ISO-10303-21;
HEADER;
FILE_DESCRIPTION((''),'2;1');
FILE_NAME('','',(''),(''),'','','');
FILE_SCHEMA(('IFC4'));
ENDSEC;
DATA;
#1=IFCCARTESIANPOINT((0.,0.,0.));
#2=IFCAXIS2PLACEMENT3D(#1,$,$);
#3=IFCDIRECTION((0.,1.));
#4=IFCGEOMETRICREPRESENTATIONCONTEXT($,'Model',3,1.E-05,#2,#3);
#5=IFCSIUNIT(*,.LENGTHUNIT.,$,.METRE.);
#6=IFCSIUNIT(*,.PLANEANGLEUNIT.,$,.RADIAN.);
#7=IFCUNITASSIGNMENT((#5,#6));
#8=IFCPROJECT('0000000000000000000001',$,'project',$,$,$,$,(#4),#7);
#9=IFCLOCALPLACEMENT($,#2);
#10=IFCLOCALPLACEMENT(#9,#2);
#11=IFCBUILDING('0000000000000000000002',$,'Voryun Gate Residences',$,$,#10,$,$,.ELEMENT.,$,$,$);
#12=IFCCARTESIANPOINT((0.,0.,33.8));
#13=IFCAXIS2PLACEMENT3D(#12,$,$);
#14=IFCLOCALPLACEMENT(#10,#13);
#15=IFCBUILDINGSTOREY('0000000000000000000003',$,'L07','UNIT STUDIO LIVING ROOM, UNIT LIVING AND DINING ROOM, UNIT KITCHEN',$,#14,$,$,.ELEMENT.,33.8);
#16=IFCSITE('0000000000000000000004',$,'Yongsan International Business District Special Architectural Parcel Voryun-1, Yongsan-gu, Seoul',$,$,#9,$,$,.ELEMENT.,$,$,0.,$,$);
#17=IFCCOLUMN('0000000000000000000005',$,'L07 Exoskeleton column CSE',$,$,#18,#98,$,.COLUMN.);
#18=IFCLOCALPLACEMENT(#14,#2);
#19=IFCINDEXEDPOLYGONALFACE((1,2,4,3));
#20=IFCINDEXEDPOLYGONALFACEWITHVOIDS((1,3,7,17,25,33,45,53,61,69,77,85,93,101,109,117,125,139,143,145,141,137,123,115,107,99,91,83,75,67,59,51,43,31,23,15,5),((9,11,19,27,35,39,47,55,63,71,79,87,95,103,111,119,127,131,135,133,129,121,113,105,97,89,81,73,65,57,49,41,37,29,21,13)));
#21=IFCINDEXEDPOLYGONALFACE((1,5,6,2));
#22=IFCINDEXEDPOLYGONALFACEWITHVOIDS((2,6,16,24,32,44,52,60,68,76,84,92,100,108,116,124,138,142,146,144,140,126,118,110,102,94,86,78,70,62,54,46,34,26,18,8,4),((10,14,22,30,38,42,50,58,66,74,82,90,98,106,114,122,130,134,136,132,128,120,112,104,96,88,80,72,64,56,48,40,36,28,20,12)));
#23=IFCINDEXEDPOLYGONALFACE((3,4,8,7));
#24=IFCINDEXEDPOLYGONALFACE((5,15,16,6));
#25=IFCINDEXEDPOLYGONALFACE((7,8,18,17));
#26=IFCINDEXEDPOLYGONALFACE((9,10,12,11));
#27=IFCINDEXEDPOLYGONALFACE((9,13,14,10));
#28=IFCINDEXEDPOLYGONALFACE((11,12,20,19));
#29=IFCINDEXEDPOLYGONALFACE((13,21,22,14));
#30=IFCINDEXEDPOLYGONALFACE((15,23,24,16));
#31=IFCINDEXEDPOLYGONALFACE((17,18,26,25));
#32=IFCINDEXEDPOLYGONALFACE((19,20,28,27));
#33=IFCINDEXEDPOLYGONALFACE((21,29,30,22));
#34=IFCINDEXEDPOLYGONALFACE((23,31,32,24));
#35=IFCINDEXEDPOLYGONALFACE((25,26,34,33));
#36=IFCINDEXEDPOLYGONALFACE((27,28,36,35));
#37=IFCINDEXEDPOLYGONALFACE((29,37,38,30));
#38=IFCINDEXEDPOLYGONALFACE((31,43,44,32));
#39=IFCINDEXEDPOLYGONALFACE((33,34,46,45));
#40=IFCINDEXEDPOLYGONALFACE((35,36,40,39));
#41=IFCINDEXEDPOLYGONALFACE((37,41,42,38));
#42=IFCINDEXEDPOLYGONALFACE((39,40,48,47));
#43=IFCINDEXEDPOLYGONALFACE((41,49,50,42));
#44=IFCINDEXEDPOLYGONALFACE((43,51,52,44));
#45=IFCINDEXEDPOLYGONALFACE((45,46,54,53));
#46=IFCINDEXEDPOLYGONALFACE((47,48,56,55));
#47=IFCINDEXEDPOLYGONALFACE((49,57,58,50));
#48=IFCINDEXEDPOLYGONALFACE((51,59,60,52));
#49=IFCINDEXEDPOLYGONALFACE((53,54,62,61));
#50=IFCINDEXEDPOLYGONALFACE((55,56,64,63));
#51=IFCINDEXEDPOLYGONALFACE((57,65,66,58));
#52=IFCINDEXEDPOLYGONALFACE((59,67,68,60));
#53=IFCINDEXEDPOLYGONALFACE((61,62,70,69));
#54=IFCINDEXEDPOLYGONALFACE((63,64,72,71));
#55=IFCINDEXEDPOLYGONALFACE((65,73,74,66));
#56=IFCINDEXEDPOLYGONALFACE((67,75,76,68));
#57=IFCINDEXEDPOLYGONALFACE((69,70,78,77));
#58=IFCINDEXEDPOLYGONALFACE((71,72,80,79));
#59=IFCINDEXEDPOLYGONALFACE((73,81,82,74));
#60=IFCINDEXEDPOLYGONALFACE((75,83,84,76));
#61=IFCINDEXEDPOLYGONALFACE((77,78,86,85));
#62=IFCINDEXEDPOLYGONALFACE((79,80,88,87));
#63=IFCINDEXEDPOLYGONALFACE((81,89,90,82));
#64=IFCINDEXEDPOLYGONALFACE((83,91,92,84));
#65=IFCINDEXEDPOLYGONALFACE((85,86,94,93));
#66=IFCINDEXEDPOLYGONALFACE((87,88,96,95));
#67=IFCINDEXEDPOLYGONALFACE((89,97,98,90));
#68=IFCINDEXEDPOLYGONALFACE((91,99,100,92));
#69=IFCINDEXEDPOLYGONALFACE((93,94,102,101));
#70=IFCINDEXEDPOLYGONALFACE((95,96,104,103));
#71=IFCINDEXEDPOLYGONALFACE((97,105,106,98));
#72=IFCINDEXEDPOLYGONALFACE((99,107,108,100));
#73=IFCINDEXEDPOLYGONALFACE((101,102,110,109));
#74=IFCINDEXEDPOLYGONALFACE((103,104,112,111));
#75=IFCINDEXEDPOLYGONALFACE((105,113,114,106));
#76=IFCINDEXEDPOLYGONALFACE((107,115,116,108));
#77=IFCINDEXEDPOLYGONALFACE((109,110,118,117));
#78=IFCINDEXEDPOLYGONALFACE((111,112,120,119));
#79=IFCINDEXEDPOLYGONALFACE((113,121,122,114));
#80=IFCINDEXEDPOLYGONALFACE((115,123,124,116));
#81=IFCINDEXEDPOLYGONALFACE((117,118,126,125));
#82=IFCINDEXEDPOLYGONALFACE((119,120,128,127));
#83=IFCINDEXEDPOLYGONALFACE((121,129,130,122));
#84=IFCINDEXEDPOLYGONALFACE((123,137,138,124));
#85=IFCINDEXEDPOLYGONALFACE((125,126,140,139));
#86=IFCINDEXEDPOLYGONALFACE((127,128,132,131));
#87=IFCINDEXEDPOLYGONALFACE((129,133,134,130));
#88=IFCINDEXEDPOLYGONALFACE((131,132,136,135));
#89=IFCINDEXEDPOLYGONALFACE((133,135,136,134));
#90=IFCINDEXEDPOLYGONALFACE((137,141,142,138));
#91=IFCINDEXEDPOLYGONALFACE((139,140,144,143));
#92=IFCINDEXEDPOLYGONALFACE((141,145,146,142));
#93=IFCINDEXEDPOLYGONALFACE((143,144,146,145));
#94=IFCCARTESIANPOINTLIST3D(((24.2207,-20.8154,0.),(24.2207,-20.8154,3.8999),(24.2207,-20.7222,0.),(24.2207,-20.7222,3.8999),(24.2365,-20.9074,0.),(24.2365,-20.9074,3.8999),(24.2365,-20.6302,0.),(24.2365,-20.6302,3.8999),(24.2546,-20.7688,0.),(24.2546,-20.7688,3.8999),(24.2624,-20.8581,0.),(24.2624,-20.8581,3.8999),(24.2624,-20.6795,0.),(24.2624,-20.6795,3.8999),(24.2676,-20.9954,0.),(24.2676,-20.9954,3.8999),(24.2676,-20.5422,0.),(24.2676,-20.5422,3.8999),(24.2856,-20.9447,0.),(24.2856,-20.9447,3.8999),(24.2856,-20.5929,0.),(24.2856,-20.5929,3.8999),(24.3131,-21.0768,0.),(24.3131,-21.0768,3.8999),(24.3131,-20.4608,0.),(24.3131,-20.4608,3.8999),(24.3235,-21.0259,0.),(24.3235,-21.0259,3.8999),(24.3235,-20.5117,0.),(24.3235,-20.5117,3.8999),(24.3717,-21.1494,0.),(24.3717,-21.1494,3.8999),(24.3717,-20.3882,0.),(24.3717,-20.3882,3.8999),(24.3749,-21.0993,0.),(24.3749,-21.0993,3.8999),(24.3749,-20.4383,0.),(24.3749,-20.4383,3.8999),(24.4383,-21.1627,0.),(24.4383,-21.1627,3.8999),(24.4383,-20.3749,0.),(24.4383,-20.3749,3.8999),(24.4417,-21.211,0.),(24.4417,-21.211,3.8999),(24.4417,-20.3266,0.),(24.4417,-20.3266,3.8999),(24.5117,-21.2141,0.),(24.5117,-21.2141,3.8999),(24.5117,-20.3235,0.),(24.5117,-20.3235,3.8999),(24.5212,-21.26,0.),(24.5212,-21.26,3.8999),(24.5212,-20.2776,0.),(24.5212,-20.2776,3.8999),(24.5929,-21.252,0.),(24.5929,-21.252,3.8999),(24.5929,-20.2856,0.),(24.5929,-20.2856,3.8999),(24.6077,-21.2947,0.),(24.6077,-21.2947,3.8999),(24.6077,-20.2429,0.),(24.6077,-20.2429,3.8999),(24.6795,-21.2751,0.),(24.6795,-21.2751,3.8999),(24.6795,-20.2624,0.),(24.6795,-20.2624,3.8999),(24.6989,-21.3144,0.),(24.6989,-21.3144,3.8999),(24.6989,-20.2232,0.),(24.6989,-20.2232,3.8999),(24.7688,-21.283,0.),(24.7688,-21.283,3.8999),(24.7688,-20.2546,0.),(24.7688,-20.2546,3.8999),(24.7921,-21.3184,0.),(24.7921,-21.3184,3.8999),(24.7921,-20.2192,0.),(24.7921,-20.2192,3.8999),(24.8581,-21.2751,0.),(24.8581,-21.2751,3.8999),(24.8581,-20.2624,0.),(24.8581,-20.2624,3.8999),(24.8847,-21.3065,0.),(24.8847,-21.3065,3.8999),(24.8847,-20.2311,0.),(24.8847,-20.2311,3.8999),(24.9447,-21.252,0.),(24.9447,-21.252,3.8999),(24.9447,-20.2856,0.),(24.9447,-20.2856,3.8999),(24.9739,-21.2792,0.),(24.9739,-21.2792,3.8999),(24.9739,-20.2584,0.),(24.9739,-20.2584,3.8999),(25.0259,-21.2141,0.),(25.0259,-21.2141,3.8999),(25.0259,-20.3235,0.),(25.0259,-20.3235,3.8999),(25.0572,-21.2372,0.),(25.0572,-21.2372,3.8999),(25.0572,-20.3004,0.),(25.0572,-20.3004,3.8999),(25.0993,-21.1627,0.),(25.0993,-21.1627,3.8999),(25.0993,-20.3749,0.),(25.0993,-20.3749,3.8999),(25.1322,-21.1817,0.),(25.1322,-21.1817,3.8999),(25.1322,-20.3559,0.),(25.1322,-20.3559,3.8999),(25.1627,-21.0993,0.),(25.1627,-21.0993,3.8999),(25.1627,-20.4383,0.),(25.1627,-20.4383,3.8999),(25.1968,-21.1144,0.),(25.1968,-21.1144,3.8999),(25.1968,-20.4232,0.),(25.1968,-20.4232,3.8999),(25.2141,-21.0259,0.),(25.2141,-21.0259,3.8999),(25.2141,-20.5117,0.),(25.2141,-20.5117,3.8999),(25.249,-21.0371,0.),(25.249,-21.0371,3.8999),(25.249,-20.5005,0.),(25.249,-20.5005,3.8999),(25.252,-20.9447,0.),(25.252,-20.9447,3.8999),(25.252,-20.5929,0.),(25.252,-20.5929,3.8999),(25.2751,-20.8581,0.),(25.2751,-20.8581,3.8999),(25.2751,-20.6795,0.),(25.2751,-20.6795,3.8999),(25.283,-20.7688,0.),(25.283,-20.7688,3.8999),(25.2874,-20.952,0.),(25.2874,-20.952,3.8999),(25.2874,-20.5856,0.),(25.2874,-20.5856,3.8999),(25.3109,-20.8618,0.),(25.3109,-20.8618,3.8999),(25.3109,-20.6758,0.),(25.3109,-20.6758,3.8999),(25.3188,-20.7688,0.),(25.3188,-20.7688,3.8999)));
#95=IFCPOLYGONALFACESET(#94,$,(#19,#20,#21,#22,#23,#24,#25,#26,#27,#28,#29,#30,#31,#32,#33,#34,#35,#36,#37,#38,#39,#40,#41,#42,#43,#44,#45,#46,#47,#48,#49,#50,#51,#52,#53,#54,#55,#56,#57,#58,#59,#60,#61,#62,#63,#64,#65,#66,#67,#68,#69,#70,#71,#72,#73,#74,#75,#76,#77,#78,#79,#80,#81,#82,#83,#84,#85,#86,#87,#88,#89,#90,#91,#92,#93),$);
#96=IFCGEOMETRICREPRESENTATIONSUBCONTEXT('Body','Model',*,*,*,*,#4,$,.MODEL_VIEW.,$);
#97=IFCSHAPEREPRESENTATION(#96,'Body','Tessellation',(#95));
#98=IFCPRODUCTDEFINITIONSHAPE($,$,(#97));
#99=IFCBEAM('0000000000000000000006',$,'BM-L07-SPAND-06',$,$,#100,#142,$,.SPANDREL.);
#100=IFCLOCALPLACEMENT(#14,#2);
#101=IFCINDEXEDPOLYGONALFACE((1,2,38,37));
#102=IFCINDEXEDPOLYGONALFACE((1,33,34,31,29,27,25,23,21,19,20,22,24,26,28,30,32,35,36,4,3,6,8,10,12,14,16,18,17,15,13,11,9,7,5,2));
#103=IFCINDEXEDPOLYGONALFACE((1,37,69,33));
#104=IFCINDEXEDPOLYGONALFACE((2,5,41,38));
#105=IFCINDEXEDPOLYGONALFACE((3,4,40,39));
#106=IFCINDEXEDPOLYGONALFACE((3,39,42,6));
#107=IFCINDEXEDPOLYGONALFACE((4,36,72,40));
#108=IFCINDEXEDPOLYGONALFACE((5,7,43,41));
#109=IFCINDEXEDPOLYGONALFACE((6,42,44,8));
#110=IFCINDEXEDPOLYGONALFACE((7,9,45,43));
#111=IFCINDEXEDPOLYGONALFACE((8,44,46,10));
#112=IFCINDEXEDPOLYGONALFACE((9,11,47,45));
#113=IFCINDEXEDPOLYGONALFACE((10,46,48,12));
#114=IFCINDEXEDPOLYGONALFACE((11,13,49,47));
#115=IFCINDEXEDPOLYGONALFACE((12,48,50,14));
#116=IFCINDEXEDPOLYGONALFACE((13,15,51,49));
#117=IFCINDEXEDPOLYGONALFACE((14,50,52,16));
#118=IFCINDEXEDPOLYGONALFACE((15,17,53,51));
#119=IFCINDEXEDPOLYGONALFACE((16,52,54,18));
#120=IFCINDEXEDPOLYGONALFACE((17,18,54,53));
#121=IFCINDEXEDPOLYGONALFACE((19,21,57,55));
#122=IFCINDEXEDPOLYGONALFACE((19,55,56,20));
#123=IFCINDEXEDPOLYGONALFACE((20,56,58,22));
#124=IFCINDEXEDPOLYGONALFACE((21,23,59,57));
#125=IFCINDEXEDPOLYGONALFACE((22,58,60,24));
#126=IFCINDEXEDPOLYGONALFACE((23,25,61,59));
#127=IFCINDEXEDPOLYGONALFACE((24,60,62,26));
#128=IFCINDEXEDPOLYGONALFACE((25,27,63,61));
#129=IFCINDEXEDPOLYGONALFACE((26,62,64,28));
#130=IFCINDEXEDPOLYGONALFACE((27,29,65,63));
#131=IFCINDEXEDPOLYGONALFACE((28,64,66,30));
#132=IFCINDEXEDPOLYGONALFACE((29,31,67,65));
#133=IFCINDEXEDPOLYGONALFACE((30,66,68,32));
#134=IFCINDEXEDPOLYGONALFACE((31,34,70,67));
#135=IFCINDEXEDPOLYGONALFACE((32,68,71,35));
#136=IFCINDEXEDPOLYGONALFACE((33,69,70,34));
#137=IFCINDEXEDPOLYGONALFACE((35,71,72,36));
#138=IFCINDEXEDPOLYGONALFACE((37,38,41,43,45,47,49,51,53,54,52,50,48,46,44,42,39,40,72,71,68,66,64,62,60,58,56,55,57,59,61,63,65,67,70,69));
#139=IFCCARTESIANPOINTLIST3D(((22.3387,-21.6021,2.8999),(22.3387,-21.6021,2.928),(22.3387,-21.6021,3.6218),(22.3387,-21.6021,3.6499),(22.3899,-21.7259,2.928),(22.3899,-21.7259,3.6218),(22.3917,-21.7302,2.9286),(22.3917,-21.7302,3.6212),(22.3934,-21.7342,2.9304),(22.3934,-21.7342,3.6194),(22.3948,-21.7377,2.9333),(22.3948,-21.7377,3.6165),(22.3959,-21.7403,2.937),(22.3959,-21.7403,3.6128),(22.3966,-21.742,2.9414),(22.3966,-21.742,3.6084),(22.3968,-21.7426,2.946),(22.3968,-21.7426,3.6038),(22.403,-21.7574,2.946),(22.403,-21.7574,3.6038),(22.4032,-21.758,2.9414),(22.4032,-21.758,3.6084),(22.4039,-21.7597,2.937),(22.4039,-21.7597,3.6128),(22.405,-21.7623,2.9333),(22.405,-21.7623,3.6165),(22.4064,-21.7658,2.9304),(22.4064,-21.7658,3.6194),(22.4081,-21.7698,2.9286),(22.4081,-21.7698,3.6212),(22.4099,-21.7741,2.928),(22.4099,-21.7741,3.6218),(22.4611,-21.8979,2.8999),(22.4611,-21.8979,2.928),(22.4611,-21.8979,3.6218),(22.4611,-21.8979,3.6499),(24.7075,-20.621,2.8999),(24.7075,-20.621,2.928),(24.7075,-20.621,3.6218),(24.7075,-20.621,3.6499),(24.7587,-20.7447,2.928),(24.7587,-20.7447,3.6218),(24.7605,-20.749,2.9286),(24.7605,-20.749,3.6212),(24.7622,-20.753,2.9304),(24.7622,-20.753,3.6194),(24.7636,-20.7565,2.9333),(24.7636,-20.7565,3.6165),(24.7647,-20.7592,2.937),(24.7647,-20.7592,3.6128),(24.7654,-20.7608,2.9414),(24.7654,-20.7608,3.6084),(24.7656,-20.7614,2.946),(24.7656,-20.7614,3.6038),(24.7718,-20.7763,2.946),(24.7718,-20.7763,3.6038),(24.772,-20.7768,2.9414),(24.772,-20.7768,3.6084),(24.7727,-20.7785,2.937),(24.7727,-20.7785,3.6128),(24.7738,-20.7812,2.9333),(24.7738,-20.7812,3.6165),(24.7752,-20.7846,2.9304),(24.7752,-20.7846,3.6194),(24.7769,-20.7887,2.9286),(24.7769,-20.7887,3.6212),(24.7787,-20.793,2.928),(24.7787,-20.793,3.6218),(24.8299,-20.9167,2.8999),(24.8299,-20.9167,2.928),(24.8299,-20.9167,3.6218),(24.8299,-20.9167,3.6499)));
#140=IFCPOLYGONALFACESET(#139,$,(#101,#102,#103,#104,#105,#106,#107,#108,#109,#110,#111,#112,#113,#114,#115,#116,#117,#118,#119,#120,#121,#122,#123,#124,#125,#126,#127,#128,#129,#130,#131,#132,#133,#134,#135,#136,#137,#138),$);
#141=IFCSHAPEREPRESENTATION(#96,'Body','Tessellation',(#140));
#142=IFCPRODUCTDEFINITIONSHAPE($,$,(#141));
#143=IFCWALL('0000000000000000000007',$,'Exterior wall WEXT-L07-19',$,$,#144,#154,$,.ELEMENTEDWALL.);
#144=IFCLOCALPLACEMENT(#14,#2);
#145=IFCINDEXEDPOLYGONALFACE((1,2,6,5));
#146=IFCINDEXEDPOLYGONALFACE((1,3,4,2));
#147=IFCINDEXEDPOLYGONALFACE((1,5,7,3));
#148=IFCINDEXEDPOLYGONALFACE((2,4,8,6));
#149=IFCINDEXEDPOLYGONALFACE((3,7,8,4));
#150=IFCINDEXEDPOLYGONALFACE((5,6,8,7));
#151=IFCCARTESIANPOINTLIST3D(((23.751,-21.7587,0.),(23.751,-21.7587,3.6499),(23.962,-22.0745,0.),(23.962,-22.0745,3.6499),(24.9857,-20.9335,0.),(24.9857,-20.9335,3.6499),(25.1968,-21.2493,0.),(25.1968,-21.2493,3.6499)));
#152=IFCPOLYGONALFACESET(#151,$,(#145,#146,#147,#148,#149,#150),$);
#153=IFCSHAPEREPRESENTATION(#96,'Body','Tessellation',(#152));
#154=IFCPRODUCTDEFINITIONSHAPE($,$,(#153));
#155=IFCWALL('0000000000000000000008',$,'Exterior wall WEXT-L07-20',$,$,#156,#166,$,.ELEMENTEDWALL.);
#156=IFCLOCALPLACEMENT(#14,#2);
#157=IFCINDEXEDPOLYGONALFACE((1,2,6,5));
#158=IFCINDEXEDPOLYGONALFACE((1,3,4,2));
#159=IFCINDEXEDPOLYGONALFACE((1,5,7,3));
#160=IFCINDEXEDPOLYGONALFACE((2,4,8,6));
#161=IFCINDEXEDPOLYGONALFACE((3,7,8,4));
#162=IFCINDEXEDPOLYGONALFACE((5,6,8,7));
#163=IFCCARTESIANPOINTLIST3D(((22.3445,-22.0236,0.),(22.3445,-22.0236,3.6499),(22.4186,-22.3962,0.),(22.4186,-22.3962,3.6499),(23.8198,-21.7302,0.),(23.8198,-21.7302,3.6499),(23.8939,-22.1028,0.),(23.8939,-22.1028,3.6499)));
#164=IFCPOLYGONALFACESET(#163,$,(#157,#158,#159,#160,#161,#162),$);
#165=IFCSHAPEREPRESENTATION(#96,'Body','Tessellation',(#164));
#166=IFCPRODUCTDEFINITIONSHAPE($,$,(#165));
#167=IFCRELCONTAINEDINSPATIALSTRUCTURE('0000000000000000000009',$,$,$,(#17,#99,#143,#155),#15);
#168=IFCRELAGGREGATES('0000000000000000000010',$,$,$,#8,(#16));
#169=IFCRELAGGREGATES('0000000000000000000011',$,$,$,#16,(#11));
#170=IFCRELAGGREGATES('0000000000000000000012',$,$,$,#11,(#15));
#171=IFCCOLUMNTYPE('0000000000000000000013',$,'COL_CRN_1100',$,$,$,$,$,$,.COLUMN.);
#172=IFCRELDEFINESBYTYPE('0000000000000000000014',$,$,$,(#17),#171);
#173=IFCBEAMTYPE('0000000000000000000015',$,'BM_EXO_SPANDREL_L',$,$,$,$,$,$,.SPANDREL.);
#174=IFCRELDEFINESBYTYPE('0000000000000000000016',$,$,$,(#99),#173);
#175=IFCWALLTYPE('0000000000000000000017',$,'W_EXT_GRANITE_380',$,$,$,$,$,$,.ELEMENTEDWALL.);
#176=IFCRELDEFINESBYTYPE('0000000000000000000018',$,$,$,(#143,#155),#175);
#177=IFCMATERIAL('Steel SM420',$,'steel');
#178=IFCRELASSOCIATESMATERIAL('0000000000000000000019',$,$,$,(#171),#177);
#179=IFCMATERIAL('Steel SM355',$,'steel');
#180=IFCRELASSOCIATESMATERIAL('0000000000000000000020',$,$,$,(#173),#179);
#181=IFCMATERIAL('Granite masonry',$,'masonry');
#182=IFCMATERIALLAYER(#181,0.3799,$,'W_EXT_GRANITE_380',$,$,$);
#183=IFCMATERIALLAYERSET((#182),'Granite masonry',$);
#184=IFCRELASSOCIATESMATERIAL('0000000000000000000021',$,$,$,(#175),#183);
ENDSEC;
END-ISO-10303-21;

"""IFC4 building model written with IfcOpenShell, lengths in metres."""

from ifc_helpers import new_model, si_unit, direction, frame, frame_2d, origin, origin_2d, place, context, subcontext, project, spatial, rectangle, hollow_circle, i_section, extrude, material, layer, layer_set, material_profile, profile_set, type_object, element, save


model = new_model("IFC4")

# Units and contexts
model_context = context("Model", 3, precision=1e-05, world=origin(), true_north=direction((0.0, 1.0)))
body_context = subcontext(model_context, "Body", "Model", "MODEL_VIEW")
ifc_project = project(units=[si_unit("LENGTHUNIT", "METRE"), si_unit("PLANEANGLEUNIT", "RADIAN")], contexts=[model_context])

# Site, building, storey
site_placement = place(None, origin())
site = spatial("IfcSite", under=ifc_project, at=site_placement, Name="Yongsan International Business District Special Architectural Parcel Voryun-1, Yongsan-gu, Seoul", CompositionType="ELEMENT", RefElevation=0.0)
building_placement = place(site_placement, origin())
building = spatial("IfcBuilding", under=site, at=building_placement, Name="Voryun Gate Residences", CompositionType="ELEMENT")
storey_placement = place(building_placement, frame((0.0, 0.0, 33.8)))
storey = spatial("IfcBuildingStorey", under=building, at=storey_placement, Name="L07", Description="UNIT STUDIO LIVING ROOM, UNIT LIVING AND DINING ROOM, UNIT KITCHEN", CompositionType="ELEMENT", Elevation=33.8)

# Column
ifc_material_1 = material(Name="Steel SM420", Category="steel")
ifc_material_profile_1 = material_profile(ifc_material_1, hollow_circle(Radius=0.55, WallThickness=0.0359, at=origin_2d()), Name="CHS-1100x36")
ifc_profile_set_1 = profile_set([ifc_material_profile_1], Name="Steel SM420")
column_type = type_object("IfcColumnType", Name="COL_CRN_1100", PredefinedType="COLUMN", material=ifc_profile_set_1)
column_placement = place(storey_placement, frame((24.7688, -20.7688, 0.0), z_axis=(0.0, 0.0, 1.0), x_axis=(1.0, 0.0, 0.0)))
element("IfcColumn", 1, at=column_placement, inside=storey, type_object=column_type, Name="L07 Exoskeleton column CSE", PredefinedType="COLUMN", context=body_context, shape_type="SweptSolid", body=[
    extrude(hollow_circle(Radius=0.55, WallThickness=0.0359, at=origin_2d()), origin(), (0.0, 0.0, 1.0), 3.8999),
])

# Beam
ifc_material_2 = material(Name="Steel SM355", Category="steel")
ifc_material_profile_2 = material_profile(ifc_material_2, i_section(OverallWidth=0.3201, OverallDepth=0.75, WebThickness=0.0161, FlangeThickness=0.0281, FilletRadius=0.0181, at=origin_2d()), Name="H-750x320x16x28")
ifc_profile_set_2 = profile_set([ifc_material_profile_2], Name="Steel SM355")
beam_type = type_object("IfcBeamType", Name="BM_EXO_SPANDREL_L", PredefinedType="SPANDREL", material=ifc_profile_set_2)
beam_placement = place(storey_placement, frame((22.3999, -21.75, 3.2749), z_axis=(0.923883, 0.382674, 0.0), x_axis=(-0.382674, 0.923883, 0.0)))
element("IfcBeam", 2, at=beam_placement, inside=storey, type_object=beam_type, Name="BM-L07-SPAND-06", PredefinedType="SPANDREL", context=body_context, shape_type="SweptSolid", body=[
    extrude(i_section(OverallWidth=0.3201, OverallDepth=0.75, WebThickness=0.0161, FlangeThickness=0.0281, FilletRadius=0.0181, at=origin_2d()), origin(), (0.0, 0.0, 1.0), 2.564),
])

# Walls
ifc_material_3 = material(Name="Granite masonry", Category="masonry")
ifc_layer_1 = layer(ifc_material_3, 0.3799, Name="W_EXT_GRANITE_380")
ifc_layer_set_1 = layer_set([ifc_layer_1], Name="Granite masonry")
wall_type_1 = type_object("IfcWallType", Name="W_EXT_GRANITE_380", PredefinedType="ELEMENTEDWALL", material=ifc_layer_set_1)
wall_1_placement = place(storey_placement, frame((25.0913, -21.0913, 0.0), z_axis=(0.0, 0.0, 1.0), x_axis=(-0.831392, -0.555686, 0.0)))
element("IfcWall", 3, at=wall_1_placement, inside=storey, type_object=wall_type_1, Name="Exterior wall WEXT-L07-19", PredefinedType="ELEMENTEDWALL", context=body_context, shape_type="SweptSolid", body=[
    extrude(rectangle(XDim=1.4851, YDim=0.3799, at=frame_2d((0.7427, 0.0))), origin(), (0.0, 0.0, 1.0), 3.6499),
])
wall_2_placement = place(storey_placement, frame((23.8567, -21.9165, 0.0), z_axis=(0.0, 0.0, 1.0), x_axis=(-0.980786, -0.195086, 0.0)))
element("IfcWall", 4, at=wall_2_placement, inside=storey, type_object=wall_type_1, Name="Exterior wall WEXT-L07-20", PredefinedType="ELEMENTEDWALL", context=body_context, shape_type="SweptSolid", body=[
    extrude(rectangle(XDim=1.5042, YDim=0.3799, at=frame_2d((0.752, 0.0))), origin(), (0.0, 0.0, 1.0), 3.6499),
])

save(model, "model.ifc")
